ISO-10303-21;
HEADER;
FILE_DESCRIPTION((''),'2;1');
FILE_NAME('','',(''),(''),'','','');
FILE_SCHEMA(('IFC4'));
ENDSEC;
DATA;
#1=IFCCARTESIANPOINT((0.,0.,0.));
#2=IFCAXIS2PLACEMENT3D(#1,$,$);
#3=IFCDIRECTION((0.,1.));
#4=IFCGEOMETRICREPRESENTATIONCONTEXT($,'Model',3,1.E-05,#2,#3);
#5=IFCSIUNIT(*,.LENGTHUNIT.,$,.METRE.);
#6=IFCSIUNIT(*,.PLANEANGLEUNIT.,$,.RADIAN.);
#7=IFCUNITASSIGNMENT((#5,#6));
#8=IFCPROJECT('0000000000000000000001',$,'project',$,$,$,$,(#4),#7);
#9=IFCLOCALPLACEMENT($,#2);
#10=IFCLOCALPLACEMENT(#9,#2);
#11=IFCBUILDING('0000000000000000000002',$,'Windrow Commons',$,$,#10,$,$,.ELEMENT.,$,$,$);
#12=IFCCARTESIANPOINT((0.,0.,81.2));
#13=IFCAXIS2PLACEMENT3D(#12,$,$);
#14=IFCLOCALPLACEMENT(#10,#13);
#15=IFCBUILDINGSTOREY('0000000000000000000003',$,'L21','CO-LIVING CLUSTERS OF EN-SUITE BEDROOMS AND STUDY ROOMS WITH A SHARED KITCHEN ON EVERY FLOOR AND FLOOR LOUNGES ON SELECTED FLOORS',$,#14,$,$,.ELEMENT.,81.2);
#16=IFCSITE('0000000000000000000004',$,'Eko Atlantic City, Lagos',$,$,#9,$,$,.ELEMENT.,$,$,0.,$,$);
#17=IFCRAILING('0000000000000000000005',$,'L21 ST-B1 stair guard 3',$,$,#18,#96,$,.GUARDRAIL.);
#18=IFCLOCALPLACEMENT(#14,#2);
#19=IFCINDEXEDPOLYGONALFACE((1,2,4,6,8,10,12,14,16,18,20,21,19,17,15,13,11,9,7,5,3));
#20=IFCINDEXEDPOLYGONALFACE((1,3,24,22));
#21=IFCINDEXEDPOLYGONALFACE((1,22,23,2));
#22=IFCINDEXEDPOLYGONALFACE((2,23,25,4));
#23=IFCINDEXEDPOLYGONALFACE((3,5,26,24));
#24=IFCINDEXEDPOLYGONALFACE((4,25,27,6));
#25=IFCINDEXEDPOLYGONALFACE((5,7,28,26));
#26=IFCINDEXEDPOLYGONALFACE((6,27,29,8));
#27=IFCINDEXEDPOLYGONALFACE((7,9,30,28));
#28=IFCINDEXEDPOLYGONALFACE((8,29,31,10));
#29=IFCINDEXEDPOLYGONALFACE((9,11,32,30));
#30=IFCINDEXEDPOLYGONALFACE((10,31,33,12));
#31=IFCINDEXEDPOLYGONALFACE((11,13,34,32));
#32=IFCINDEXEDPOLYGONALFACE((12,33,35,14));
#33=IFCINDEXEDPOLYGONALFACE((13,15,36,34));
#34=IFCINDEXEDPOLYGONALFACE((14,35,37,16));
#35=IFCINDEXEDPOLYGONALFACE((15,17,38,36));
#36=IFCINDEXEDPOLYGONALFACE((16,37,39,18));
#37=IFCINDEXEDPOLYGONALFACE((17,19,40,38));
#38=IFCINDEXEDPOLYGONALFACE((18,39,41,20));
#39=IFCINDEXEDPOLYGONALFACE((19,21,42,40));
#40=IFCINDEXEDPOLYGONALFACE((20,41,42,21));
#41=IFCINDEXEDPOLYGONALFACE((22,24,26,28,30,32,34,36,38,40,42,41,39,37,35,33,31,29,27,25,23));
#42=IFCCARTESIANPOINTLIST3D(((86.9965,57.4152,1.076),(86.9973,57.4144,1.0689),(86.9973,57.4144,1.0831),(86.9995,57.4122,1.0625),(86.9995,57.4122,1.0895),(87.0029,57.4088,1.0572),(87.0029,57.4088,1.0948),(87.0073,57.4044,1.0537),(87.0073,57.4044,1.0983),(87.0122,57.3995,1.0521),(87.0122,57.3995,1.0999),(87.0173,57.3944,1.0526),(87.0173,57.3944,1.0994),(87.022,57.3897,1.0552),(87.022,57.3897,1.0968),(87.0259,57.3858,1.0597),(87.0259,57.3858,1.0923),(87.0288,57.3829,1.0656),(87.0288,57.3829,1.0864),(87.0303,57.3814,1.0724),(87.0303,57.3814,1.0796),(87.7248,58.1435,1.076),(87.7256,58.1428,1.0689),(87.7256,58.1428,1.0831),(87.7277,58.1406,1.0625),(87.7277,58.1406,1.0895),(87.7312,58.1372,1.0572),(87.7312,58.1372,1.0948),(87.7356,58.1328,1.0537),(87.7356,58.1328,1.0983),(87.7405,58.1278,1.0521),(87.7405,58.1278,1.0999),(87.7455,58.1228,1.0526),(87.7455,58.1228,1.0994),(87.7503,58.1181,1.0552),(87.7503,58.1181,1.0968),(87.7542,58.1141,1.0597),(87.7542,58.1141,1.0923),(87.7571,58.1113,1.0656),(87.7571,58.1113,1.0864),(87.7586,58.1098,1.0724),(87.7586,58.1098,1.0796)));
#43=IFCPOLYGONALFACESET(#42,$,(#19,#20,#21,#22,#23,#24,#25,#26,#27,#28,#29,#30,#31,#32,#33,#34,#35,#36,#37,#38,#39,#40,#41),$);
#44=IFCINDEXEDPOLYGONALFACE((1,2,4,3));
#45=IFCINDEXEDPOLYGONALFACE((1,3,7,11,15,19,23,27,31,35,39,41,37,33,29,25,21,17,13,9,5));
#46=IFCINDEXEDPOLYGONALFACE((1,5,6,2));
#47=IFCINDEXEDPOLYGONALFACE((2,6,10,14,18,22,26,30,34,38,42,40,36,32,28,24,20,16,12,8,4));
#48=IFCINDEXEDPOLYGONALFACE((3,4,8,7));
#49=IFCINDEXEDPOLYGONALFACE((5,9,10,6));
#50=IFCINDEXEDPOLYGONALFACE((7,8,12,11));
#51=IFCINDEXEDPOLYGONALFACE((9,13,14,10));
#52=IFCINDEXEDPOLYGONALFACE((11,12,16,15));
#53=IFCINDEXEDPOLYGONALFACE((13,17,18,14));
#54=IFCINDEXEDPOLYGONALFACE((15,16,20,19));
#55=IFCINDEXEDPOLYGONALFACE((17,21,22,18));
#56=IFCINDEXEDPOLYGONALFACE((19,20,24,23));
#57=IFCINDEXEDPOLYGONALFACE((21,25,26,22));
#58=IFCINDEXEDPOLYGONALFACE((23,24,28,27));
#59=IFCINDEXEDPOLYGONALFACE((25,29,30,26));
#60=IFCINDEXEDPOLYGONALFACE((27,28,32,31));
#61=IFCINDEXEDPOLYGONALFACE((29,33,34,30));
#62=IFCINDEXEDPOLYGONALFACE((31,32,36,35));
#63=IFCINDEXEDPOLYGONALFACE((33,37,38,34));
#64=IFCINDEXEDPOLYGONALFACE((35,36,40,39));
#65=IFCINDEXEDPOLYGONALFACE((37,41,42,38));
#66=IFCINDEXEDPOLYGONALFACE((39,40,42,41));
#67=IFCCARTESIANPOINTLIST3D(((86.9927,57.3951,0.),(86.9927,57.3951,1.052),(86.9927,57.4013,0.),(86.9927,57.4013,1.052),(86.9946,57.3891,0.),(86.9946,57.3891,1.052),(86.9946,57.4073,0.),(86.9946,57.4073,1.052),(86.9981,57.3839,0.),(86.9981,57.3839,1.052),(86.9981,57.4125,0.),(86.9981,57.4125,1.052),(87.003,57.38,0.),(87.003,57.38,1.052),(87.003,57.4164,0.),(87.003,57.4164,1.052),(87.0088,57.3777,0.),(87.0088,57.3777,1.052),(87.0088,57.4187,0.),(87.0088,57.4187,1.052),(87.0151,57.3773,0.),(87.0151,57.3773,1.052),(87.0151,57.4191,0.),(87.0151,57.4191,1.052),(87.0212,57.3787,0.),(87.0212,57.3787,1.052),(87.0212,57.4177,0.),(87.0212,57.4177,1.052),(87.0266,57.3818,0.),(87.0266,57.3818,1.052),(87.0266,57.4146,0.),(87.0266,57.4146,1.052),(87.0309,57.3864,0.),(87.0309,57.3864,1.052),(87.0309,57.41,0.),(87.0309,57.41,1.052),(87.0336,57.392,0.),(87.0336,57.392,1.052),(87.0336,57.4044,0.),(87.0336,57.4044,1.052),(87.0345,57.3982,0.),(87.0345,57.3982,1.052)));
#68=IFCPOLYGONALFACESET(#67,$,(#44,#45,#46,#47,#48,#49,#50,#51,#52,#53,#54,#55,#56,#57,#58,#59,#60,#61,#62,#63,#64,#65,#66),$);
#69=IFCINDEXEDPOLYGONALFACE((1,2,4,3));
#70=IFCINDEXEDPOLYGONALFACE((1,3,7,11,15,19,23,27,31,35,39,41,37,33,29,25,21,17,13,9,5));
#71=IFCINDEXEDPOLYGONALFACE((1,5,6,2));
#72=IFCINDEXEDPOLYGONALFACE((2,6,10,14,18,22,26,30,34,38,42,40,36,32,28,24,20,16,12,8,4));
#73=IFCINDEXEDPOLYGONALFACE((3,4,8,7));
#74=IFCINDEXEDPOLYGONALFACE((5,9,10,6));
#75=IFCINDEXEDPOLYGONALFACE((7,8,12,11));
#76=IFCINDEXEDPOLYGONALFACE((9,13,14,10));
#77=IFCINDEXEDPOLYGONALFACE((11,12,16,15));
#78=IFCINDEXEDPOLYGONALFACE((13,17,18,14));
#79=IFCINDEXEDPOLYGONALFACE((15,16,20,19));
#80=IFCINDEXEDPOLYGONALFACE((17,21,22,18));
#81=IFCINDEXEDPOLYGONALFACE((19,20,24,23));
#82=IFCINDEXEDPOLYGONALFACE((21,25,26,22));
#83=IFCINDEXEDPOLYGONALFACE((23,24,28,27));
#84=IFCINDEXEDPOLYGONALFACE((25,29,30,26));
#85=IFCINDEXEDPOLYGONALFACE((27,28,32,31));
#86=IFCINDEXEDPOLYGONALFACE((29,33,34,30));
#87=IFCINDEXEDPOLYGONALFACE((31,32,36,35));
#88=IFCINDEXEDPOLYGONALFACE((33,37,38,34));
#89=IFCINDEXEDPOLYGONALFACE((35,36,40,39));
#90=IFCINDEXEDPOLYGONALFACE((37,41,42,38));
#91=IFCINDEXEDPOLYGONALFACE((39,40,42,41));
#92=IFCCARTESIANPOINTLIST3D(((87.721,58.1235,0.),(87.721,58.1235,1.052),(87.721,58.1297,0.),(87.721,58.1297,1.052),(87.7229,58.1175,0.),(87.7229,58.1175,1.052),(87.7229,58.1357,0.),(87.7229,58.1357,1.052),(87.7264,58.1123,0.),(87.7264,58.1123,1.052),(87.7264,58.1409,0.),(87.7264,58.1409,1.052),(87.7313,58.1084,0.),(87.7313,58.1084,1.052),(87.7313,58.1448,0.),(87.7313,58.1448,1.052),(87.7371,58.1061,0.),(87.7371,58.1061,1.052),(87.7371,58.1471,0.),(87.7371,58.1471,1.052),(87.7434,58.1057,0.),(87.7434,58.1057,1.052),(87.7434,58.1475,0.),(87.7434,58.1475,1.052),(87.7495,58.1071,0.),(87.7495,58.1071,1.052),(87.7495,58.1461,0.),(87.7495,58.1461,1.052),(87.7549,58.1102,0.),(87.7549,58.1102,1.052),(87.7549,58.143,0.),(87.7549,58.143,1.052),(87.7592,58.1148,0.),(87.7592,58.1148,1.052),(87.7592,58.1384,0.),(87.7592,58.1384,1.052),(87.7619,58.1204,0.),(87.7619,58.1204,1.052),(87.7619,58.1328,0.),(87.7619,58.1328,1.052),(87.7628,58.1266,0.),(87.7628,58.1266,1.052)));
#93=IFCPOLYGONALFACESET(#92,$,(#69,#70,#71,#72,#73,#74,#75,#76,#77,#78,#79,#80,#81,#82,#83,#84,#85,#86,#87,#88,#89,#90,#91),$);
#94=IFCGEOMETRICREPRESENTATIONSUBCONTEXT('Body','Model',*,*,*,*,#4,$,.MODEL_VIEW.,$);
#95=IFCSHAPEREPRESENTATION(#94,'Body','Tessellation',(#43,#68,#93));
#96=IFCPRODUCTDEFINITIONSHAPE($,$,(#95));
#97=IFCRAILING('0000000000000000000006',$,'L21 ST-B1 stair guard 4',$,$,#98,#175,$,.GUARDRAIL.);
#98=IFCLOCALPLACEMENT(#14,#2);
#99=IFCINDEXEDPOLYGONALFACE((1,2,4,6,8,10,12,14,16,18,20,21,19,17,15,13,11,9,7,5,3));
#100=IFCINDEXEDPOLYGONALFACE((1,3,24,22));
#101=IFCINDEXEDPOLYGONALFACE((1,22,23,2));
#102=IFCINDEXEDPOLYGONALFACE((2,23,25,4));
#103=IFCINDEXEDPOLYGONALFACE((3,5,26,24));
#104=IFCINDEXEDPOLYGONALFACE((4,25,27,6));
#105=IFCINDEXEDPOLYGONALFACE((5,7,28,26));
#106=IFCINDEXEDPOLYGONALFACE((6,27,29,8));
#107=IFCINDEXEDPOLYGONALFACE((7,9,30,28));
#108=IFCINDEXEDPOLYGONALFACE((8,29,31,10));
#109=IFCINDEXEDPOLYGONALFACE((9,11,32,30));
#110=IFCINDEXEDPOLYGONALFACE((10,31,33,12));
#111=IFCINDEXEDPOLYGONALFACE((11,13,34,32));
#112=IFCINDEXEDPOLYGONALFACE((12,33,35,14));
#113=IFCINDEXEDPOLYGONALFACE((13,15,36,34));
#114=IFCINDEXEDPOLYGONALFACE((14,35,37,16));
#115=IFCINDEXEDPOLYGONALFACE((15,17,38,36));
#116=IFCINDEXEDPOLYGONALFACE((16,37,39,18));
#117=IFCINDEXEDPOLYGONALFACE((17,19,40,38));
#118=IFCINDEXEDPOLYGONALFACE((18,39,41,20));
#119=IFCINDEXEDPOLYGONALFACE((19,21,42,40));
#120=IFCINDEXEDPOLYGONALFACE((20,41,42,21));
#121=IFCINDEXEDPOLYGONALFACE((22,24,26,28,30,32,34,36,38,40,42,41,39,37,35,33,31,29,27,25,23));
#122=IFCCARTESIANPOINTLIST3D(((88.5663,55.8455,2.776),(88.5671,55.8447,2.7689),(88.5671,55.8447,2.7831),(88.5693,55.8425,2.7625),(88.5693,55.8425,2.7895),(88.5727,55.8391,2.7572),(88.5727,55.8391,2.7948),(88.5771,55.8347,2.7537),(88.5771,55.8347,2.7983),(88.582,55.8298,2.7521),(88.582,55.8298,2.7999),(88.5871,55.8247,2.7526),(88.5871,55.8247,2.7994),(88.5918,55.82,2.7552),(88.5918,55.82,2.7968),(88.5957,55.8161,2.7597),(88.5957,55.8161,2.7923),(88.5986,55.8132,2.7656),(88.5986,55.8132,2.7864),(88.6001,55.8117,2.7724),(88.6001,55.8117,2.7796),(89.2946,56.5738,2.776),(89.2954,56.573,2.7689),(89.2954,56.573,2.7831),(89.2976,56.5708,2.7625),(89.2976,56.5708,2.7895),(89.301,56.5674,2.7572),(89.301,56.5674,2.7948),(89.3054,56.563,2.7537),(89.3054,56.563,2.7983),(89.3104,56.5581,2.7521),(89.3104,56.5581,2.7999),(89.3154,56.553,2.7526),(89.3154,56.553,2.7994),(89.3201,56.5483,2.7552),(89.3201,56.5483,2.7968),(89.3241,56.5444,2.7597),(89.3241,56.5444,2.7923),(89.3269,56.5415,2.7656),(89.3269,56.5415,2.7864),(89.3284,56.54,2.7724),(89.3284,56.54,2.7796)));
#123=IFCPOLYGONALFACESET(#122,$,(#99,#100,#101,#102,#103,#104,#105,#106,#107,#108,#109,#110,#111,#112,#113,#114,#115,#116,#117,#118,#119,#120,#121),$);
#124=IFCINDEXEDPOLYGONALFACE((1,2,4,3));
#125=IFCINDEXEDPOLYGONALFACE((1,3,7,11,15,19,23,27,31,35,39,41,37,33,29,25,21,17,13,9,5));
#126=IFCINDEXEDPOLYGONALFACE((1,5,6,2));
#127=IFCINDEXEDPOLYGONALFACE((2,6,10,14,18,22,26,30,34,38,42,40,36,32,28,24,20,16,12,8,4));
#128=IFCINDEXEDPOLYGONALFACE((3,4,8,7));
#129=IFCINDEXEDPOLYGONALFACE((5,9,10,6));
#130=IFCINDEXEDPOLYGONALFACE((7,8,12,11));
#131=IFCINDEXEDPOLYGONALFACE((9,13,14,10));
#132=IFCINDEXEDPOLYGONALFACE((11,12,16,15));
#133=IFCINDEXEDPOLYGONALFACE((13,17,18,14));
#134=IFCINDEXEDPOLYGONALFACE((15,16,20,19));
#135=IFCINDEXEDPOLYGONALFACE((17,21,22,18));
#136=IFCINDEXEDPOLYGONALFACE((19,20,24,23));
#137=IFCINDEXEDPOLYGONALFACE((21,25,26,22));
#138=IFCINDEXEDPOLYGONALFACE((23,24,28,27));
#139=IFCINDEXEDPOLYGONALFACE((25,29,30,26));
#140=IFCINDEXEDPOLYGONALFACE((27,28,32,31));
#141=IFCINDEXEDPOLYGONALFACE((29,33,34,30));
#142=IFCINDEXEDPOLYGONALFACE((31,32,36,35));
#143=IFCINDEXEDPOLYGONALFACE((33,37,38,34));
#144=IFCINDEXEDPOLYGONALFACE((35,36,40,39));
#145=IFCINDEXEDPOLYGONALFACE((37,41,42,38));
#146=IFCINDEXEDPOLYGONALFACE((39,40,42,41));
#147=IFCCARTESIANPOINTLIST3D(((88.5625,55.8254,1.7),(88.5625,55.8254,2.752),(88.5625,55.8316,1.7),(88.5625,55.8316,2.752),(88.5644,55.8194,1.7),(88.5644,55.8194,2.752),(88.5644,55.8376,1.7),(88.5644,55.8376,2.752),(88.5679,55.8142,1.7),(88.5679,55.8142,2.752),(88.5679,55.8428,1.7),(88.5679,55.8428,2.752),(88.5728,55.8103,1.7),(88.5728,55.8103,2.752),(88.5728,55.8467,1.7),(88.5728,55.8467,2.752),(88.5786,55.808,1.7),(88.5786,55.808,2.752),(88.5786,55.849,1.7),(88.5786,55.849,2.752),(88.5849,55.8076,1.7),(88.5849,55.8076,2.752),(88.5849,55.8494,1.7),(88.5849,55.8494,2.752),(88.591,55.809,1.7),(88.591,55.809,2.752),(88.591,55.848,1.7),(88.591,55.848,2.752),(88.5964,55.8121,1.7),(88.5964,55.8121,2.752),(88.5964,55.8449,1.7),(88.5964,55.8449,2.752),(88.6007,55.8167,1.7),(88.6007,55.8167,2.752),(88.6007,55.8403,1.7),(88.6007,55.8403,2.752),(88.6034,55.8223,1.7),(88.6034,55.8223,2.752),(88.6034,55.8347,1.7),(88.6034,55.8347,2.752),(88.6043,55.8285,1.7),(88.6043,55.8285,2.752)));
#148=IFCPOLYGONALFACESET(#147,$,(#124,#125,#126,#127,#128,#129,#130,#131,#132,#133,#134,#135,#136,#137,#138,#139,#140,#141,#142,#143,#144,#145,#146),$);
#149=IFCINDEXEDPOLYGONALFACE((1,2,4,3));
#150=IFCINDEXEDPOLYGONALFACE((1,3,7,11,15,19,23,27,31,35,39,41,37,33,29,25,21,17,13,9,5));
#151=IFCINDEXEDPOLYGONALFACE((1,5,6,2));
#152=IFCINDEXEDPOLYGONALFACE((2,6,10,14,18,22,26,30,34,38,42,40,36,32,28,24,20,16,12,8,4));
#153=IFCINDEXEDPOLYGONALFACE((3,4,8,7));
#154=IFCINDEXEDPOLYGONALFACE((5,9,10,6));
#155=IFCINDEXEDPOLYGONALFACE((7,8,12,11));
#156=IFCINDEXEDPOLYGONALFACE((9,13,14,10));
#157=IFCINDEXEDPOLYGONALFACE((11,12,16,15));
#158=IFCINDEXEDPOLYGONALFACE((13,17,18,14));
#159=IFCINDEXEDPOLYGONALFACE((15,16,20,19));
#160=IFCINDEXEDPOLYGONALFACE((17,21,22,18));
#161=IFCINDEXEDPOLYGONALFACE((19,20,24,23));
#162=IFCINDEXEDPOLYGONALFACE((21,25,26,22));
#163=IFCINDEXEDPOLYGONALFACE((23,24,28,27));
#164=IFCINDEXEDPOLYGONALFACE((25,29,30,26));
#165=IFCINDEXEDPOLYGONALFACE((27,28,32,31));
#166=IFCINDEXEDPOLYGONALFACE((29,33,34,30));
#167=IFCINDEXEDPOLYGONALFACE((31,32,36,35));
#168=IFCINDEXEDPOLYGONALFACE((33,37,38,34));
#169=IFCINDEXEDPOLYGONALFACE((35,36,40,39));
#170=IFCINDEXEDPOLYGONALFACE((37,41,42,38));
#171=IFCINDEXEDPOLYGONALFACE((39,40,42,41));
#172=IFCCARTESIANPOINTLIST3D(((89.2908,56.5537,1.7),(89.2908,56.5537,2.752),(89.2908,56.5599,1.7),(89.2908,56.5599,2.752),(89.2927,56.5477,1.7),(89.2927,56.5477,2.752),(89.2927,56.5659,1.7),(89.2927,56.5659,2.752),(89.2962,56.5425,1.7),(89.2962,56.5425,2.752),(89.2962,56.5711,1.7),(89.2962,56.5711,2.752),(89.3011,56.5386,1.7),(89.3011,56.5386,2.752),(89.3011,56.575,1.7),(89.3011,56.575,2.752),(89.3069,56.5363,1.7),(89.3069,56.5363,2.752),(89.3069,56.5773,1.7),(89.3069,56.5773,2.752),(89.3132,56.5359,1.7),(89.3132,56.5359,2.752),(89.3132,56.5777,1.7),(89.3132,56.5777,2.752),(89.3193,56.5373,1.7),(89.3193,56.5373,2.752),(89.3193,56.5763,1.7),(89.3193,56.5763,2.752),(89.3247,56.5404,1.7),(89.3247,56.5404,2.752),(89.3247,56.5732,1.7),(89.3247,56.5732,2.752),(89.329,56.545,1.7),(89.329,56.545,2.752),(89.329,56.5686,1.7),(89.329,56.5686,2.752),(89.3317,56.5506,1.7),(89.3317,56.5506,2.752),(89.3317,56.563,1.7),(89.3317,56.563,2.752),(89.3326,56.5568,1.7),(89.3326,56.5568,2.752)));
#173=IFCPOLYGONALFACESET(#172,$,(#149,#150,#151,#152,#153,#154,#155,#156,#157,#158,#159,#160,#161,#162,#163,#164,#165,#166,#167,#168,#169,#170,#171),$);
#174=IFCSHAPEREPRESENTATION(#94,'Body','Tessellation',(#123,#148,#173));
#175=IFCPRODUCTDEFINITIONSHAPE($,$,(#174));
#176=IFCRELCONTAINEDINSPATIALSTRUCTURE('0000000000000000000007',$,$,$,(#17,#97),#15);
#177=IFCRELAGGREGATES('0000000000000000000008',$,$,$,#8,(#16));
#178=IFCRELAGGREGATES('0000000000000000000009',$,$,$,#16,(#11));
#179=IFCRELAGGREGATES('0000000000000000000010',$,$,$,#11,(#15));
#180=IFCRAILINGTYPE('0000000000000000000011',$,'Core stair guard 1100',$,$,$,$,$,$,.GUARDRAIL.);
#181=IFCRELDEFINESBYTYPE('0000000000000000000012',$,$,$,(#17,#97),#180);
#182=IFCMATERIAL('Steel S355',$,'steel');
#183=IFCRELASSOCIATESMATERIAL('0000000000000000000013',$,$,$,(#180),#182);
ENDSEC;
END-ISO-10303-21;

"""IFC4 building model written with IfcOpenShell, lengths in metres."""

from ifc_helpers import new_model, si_unit, direction, frame, origin, origin_2d, place, context, subcontext, project, spatial, circle, extrude, material, type_object, element, save


model = new_model("IFC4")

# Units and contexts
model_context = context("Model", 3, precision=1e-05, world=origin(), true_north=direction((0.0, 1.0)))
body_context = subcontext(model_context, "Body", "Model", "MODEL_VIEW")
ifc_project = project(units=[si_unit("LENGTHUNIT", "METRE"), si_unit("PLANEANGLEUNIT", "RADIAN")], contexts=[model_context])

# Site, building, storey
site_placement = place(None, origin())
site = spatial("IfcSite", under=ifc_project, at=site_placement, Name="Eko Atlantic City, Lagos", CompositionType="ELEMENT", RefElevation=0.0)
building_placement = place(site_placement, origin())
building = spatial("IfcBuilding", under=site, at=building_placement, Name="Windrow Commons", CompositionType="ELEMENT")
storey_placement = place(building_placement, frame((0.0, 0.0, 81.2)))
storey = spatial("IfcBuildingStorey", under=building, at=storey_placement, Name="L21", Description="CO-LIVING CLUSTERS OF EN-SUITE BEDROOMS AND STUDY ROOMS WITH A SHARED KITCHEN ON EVERY FLOOR AND FLOOR LOUNGES ON SELECTED FLOORS", CompositionType="ELEMENT", Elevation=81.2)

# Railings
ifc_material_1 = material(Name="Steel S355", Category="steel")
railing_type_1 = type_object("IfcRailingType", Name="Core stair guard 1100", PredefinedType="GUARDRAIL", material=ifc_material_1)
railing_1_placement = place(storey_placement, frame((87.0135, 57.3982, 0.0)))
element("IfcRailing", 1, at=railing_1_placement, inside=storey, type_object=railing_type_1, Name="L21 ST-B1 stair guard 3", PredefinedType="GUARDRAIL", context=body_context, shape_type="SweptSolid", body=[
    extrude(circle(Radius=0.024, at=origin_2d()), frame((0.0, 0.0, 1.076), z_axis=(0.707058, 0.707155, 0.0), x_axis=(-0.707155, 0.707058, 0.0)), (0.0, 0.0, 1.0), 1.03),
    extrude(circle(Radius=0.021, at=origin_2d()), origin(), (0.0, 0.0, 1.0), 1.052),
    extrude(circle(Radius=0.021, at=origin_2d()), frame((0.7283, 0.7284, 0.0)), (0.0, 0.0, 1.0), 1.052),
])
railing_2_placement = place(storey_placement, frame((88.5833, 55.8285, 1.7)))
element("IfcRailing", 2, at=railing_2_placement, inside=storey, type_object=railing_type_1, Name="L21 ST-B1 stair guard 4", PredefinedType="GUARDRAIL", context=body_context, shape_type="SweptSolid", body=[
    extrude(circle(Radius=0.024, at=origin_2d()), frame((0.0, 0.0, 1.076), z_axis=(0.707107, 0.707107, 0.0), x_axis=(-0.707107, 0.707107, 0.0)), (0.0, 0.0, 1.0), 1.03),
    extrude(circle(Radius=0.021, at=origin_2d()), origin(), (0.0, 0.0, 1.0), 1.052),
    extrude(circle(Radius=0.021, at=origin_2d()), frame((0.7283, 0.7283, 0.0)), (0.0, 0.0, 1.0), 1.052),
])

save(model, "model.ifc")
